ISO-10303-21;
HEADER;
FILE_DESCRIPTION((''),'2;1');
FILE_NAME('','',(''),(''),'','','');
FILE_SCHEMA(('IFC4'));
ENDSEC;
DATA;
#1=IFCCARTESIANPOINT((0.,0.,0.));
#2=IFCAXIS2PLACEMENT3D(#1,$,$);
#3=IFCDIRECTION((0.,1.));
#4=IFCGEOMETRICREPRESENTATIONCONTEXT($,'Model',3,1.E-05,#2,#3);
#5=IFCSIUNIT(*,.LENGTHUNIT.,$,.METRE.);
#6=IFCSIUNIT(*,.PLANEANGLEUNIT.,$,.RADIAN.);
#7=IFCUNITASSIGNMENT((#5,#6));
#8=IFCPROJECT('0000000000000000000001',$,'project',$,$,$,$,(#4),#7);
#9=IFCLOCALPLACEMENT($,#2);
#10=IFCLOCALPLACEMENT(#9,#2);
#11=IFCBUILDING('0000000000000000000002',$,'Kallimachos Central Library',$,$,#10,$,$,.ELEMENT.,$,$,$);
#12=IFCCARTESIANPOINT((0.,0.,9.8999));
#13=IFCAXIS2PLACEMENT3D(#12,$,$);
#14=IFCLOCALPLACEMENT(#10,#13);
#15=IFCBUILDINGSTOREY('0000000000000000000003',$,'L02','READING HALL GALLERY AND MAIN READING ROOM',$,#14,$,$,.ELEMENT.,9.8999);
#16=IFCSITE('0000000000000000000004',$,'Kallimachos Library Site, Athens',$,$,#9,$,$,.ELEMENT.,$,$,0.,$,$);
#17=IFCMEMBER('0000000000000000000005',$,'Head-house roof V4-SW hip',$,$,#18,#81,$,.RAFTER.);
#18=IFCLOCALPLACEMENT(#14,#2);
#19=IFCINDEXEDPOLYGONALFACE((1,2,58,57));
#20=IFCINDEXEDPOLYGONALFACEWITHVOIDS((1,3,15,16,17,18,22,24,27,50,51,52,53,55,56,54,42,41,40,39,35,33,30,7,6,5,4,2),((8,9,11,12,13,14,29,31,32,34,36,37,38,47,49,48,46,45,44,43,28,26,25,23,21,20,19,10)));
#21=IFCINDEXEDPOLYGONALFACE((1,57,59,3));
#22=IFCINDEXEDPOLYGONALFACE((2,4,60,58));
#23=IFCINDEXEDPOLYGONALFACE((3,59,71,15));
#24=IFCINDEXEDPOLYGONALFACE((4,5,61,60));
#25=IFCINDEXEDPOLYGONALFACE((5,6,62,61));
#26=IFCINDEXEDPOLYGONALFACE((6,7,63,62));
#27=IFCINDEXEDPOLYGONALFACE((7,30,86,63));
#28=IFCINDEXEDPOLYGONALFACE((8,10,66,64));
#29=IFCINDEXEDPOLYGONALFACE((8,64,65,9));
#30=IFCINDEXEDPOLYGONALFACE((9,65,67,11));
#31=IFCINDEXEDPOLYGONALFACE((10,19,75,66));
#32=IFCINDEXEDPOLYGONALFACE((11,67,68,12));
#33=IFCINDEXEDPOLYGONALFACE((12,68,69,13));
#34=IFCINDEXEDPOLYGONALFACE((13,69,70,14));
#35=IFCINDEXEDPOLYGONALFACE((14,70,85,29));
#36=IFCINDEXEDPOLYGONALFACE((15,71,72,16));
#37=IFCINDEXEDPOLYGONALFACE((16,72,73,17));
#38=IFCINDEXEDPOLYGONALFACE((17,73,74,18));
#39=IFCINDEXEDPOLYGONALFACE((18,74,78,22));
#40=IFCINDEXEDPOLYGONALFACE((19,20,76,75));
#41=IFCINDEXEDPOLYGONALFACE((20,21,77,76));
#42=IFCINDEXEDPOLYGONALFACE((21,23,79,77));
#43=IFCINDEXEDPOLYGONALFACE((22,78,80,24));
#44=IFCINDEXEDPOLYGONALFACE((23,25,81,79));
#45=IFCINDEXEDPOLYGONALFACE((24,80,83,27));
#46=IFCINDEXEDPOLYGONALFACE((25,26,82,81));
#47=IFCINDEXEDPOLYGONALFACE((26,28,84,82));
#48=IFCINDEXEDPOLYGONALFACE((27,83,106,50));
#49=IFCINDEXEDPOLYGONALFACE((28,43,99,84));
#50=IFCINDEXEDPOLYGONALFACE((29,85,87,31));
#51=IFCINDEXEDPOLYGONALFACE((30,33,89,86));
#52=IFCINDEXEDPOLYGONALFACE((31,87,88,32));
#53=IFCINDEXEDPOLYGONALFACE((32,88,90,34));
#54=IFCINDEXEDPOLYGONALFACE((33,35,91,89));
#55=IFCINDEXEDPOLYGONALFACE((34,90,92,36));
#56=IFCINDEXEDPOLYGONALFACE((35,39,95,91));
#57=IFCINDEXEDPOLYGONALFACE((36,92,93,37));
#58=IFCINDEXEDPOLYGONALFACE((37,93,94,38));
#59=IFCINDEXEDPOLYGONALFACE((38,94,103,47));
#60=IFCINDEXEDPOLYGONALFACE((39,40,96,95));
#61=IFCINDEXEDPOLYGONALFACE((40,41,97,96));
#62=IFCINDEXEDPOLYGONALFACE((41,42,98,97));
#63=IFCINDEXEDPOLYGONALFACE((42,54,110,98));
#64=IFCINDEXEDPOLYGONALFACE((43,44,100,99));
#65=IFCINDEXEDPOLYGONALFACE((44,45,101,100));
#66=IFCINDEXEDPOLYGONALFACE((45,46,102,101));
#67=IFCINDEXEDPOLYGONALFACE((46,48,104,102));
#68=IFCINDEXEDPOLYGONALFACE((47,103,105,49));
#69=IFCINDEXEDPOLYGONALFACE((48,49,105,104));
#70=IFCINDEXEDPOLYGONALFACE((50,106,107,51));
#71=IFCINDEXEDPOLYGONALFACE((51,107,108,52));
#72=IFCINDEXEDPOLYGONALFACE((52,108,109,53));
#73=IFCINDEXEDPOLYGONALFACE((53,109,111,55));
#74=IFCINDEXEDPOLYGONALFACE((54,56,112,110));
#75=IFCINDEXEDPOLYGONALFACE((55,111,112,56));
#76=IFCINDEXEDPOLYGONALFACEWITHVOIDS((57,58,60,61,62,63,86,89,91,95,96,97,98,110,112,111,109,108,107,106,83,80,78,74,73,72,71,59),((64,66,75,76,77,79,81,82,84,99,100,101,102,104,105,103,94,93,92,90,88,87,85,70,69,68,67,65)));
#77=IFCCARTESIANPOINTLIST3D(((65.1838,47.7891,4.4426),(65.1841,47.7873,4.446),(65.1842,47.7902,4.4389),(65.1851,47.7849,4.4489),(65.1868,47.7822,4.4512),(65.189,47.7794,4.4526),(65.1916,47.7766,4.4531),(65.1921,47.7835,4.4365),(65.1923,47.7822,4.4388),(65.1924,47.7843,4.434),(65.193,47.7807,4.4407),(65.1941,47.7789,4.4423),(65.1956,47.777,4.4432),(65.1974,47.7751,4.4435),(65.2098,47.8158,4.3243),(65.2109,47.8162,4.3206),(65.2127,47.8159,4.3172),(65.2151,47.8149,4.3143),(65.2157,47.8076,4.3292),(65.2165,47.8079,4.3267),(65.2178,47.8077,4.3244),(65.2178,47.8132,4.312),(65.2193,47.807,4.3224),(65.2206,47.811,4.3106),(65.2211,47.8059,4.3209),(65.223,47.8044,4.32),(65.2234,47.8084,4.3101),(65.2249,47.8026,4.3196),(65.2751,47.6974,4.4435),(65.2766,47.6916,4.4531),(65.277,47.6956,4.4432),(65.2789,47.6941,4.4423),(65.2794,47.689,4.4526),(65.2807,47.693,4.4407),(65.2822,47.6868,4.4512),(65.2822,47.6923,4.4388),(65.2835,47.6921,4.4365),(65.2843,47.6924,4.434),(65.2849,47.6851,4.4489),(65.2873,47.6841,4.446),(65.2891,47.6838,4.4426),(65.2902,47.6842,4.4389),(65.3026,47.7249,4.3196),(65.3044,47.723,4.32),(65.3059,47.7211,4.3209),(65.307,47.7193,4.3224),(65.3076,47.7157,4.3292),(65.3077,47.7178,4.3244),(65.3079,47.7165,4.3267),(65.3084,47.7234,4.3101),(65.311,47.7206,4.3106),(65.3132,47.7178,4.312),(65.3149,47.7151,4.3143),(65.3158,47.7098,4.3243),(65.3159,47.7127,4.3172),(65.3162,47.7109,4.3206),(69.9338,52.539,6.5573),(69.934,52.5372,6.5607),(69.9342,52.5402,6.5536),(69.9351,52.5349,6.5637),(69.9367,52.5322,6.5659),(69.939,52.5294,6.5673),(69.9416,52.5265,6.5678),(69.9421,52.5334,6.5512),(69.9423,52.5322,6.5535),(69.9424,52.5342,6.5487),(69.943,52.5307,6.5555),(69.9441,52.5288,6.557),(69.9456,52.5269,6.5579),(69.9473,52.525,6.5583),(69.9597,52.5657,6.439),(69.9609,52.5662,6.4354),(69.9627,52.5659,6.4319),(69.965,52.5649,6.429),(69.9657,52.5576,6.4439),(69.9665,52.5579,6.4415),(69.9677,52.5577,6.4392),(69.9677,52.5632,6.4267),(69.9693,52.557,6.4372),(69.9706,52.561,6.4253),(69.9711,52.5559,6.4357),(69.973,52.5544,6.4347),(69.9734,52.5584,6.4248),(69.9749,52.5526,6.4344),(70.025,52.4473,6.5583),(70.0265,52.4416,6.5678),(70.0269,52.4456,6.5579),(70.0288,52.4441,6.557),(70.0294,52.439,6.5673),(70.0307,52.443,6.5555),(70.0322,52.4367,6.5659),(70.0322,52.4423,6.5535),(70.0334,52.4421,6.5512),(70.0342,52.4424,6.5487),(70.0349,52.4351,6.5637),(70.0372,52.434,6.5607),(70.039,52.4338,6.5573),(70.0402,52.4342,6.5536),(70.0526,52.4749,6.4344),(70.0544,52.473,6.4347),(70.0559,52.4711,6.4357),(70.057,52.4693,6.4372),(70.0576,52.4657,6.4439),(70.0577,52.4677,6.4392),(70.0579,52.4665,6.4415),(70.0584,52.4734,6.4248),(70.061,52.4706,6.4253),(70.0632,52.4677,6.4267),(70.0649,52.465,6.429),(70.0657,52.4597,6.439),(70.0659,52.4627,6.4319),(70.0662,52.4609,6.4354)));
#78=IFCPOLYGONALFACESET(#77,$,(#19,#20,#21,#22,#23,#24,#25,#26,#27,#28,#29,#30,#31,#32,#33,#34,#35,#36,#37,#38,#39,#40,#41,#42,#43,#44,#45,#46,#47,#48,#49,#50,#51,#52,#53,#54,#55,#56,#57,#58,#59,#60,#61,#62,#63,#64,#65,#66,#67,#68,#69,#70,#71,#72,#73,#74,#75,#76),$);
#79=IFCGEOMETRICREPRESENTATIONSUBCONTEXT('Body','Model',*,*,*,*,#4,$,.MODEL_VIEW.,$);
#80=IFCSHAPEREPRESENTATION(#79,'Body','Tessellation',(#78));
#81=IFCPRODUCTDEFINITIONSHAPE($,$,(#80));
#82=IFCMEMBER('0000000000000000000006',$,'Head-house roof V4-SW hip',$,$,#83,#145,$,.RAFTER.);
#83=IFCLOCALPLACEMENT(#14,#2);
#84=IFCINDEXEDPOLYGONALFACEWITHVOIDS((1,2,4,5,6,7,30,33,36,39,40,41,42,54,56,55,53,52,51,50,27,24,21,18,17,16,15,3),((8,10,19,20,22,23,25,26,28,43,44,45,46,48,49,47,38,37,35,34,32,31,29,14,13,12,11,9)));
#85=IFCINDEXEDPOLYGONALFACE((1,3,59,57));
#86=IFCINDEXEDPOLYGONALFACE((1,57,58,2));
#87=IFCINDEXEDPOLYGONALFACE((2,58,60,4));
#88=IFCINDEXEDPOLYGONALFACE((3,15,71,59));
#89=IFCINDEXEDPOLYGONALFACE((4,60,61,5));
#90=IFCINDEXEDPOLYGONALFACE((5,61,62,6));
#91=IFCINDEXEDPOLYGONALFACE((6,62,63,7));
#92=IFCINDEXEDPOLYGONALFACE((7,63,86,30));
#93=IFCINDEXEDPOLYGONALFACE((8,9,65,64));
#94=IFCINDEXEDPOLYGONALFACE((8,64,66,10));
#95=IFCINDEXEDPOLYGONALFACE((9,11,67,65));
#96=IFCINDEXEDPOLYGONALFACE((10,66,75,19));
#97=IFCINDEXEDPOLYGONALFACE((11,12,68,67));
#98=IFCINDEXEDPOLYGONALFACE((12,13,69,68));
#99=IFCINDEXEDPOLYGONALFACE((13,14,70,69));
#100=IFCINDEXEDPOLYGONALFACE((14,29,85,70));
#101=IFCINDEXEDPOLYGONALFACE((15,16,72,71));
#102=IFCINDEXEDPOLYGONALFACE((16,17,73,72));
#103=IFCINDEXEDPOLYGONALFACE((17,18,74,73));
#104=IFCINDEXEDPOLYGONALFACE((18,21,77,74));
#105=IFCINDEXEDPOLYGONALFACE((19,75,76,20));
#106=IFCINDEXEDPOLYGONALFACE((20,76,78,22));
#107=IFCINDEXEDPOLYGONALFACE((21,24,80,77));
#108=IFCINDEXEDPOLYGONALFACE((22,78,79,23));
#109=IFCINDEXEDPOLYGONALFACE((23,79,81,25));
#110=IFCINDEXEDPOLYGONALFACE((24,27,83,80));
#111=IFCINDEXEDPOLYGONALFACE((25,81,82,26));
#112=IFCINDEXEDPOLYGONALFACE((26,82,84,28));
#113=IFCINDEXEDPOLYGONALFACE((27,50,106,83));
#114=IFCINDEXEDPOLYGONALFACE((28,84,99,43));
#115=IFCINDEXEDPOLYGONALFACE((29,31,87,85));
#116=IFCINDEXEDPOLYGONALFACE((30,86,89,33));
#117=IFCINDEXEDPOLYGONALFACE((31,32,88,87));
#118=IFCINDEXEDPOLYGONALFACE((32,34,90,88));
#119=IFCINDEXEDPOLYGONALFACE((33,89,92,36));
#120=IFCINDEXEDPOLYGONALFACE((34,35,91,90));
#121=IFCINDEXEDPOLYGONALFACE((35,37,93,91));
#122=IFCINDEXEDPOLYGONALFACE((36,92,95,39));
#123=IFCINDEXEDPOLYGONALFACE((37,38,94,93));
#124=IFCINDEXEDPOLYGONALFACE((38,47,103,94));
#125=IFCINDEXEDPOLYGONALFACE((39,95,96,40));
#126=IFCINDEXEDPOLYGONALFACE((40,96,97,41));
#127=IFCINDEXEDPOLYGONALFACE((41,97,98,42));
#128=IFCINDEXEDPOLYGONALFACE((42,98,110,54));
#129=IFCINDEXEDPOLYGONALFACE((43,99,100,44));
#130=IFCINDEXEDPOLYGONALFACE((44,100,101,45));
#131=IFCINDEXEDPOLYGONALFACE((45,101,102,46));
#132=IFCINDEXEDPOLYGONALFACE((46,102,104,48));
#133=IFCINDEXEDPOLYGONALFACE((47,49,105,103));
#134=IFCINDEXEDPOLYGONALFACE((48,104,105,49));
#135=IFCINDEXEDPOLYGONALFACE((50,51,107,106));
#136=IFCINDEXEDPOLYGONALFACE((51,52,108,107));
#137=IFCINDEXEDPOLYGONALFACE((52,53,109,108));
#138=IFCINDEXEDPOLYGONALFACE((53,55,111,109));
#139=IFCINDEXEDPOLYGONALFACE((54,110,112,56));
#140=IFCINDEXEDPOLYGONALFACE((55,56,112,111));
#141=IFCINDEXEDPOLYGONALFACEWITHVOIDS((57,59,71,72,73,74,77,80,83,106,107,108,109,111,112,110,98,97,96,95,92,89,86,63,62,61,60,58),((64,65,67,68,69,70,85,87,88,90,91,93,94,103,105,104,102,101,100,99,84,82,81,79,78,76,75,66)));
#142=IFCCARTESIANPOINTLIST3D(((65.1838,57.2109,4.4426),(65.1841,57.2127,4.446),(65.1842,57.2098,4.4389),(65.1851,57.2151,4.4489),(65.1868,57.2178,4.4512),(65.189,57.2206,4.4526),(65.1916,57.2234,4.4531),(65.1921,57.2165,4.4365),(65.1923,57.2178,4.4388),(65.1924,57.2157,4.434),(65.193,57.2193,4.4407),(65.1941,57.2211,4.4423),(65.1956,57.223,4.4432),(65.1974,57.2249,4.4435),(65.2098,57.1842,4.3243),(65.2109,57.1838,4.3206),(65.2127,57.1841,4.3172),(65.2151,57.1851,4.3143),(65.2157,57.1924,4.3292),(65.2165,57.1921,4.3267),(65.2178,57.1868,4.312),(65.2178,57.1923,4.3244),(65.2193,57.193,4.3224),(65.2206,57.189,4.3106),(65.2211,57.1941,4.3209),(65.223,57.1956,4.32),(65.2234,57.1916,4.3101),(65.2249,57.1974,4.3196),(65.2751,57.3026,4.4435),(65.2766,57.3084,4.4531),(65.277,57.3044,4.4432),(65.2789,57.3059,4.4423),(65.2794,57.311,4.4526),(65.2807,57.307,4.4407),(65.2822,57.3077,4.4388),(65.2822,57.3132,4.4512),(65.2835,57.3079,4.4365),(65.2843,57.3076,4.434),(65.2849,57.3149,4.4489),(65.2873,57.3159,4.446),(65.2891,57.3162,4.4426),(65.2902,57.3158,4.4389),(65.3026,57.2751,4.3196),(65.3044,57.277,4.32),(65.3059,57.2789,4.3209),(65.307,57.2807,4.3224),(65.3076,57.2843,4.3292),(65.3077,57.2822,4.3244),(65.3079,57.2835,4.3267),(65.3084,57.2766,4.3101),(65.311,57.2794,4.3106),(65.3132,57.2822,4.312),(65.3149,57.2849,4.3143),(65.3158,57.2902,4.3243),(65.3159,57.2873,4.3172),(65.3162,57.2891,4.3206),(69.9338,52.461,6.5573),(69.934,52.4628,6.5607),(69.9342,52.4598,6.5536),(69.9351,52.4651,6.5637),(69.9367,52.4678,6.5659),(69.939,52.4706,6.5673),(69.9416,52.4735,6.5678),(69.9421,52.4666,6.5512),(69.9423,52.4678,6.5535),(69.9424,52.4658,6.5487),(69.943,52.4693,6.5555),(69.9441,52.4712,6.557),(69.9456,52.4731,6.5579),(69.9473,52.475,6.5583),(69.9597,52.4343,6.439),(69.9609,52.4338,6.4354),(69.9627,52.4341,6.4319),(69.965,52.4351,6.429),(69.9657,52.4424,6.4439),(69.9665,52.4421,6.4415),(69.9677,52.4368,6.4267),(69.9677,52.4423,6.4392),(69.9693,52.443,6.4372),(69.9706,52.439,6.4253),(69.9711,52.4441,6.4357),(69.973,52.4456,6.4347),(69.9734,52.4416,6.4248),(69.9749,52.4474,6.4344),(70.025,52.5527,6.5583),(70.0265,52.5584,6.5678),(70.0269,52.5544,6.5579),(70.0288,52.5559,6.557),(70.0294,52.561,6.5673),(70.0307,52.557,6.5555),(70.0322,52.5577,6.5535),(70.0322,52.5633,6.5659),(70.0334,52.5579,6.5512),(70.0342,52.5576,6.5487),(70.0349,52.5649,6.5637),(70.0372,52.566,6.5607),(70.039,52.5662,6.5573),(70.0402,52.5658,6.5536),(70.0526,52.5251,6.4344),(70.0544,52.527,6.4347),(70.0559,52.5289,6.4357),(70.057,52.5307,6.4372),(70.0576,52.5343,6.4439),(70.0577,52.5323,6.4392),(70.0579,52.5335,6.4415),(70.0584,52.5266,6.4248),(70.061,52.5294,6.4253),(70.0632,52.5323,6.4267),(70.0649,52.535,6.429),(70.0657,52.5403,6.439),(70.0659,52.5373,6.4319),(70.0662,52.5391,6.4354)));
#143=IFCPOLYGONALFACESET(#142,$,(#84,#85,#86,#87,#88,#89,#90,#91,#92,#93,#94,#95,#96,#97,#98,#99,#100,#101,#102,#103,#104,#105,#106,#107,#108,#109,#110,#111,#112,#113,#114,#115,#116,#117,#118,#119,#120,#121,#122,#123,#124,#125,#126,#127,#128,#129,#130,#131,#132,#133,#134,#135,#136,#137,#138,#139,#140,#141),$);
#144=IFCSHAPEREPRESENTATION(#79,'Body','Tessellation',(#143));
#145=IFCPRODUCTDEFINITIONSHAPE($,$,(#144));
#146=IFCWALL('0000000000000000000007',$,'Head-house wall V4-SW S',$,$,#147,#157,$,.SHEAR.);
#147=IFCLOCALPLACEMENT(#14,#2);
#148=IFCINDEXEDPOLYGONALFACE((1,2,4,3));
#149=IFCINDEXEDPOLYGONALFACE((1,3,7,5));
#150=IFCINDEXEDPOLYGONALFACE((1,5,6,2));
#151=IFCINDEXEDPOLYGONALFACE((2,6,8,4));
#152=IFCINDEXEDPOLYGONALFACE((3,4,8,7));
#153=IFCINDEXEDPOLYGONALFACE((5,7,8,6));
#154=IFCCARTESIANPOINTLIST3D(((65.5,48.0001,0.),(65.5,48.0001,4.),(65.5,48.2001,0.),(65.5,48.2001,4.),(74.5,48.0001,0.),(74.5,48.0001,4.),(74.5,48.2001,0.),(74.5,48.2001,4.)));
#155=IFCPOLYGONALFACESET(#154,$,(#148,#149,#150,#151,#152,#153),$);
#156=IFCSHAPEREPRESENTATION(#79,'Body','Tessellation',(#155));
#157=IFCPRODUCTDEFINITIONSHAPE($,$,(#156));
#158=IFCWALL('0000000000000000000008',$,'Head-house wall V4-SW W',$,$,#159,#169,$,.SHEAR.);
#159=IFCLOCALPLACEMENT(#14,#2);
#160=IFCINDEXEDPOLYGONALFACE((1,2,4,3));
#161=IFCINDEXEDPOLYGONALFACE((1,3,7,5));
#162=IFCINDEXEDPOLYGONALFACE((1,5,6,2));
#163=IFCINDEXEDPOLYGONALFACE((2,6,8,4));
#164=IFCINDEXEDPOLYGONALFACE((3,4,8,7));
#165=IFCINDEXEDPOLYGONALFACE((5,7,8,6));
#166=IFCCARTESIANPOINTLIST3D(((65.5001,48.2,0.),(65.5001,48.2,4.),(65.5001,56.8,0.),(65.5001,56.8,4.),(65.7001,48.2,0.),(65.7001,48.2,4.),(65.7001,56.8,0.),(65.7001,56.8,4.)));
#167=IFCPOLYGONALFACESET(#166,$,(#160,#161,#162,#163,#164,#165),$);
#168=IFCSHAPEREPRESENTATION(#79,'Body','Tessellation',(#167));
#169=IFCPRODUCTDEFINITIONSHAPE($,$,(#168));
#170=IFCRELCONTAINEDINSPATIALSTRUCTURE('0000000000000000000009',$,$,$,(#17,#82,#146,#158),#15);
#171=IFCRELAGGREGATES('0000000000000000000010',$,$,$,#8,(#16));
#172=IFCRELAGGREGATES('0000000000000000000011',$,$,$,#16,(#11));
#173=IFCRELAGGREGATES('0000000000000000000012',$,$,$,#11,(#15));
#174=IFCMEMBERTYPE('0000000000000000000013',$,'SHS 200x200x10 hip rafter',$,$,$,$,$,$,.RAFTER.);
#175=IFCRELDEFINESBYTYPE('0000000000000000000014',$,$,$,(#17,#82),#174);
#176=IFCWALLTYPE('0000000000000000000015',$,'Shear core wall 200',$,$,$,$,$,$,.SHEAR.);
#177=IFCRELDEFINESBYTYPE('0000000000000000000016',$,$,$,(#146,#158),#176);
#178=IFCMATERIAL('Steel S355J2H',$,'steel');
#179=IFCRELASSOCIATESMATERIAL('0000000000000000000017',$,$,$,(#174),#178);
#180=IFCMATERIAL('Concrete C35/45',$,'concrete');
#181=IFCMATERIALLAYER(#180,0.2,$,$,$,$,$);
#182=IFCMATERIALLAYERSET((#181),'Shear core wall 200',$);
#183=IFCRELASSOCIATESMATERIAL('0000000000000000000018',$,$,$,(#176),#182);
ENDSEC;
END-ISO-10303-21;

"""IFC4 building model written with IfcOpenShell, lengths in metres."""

from ifc_helpers import new_model, si_unit, direction, frame, frame_2d, origin, origin_2d, place, context, subcontext, project, spatial, rectangle, hollow_rectangle, extrude, material, layer, layer_set, material_profile, profile_set, type_object, element, save


model = new_model("IFC4")

# Units and contexts
model_context = context("Model", 3, precision=1e-05, world=origin(), true_north=direction((0.0, 1.0)))
body_context = subcontext(model_context, "Body", "Model", "MODEL_VIEW")
ifc_project = project(units=[si_unit("LENGTHUNIT", "METRE"), si_unit("PLANEANGLEUNIT", "RADIAN")], contexts=[model_context])

# Site, building, storey
site_placement = place(None, origin())
site = spatial("IfcSite", under=ifc_project, at=site_placement, Name="Kallimachos Library Site, Athens", CompositionType="ELEMENT", RefElevation=0.0)
building_placement = place(site_placement, origin())
building = spatial("IfcBuilding", under=site, at=building_placement, Name="Kallimachos Central Library", CompositionType="ELEMENT")
storey_placement = place(building_placement, frame((0.0, 0.0, 9.8999)))
storey = spatial("IfcBuildingStorey", under=building, at=storey_placement, Name="L02", Description="READING HALL GALLERY AND MAIN READING ROOM", CompositionType="ELEMENT", Elevation=9.8999)

# Members
ifc_material_1 = material(Name="Steel S355J2H", Category="steel")
ifc_material_profile_1 = material_profile(ifc_material_1, hollow_rectangle(XDim=0.1499, YDim=0.1499, WallThickness=0.01, InnerFilletRadius=0.01, OuterFilletRadius=0.0149, at=origin_2d()), Name="SHS 150x150x10")
ifc_profile_set_1 = profile_set([ifc_material_profile_1], Name="Steel S355J2H")
member_type_1 = type_object("IfcMemberType", Name="SHS 200x200x10 hip rafter", PredefinedType="RAFTER", material=ifc_profile_set_1)
for number, where, z_axis, x_axis, name in (
    (1, (65.25, 47.75, 4.3816), (0.674474, 0.674474, 0.300282), (-0.707107, 0.707107, 0.0), "Head-house roof V4-SW hip"),
    (2, (65.25, 57.25, 4.3816), (0.674474, -0.674474, 0.300282), (0.707107, 0.707107, 0.0), "Head-house roof V4-SW hip"),
):
    element("IfcMember", number, at=place(storey_placement, frame(where, z_axis=z_axis, x_axis=x_axis)), inside=storey, type_object=member_type_1, Name=name, PredefinedType="RAFTER", context=body_context, shape_type="SweptSolid", body=[
        extrude(hollow_rectangle(XDim=0.1499, YDim=0.1499, WallThickness=0.01, InnerFilletRadius=0.01, OuterFilletRadius=0.0149, at=origin_2d()), origin(), (0.0, 0.0, 1.0), 7.0425),
    ])

# Walls
ifc_material_2 = material(Name="Concrete C35/45", Category="concrete")
ifc_layer_1 = layer(ifc_material_2, 0.2)
ifc_layer_set_1 = layer_set([ifc_layer_1], Name="Shear core wall 200")
wall_type_1 = type_object("IfcWallType", Name="Shear core wall 200", PredefinedType="SHEAR", material=ifc_layer_set_1)
wall_1_placement = place(storey_placement, frame((65.5, 48.1001, 0.0), z_axis=(0.0, 0.0, 1.0), x_axis=(1.0, 0.0, 0.0)))
element("IfcWall", 3, at=wall_1_placement, inside=storey, type_object=wall_type_1, Name="Head-house wall V4-SW S", PredefinedType="SHEAR", context=body_context, shape_type="SweptSolid", body=[
    extrude(rectangle(XDim=9.0, YDim=0.2, at=frame_2d((4.5, 0.0))), origin(), (0.0, 0.0, 1.0), 4.0),
])
wall_2_placement = place(storey_placement, frame((65.6001, 48.2, 0.0), z_axis=(0.0, 0.0, 1.0), x_axis=(0.0, 1.0, 0.0)))
element("IfcWall", 4, at=wall_2_placement, inside=storey, type_object=wall_type_1, Name="Head-house wall V4-SW W", PredefinedType="SHEAR", context=body_context, shape_type="SweptSolid", body=[
    extrude(rectangle(XDim=8.6001, YDim=0.2, at=frame_2d((4.3, 0.0))), origin(), (0.0, 0.0, 1.0), 4.0),
])

save(model, "model.ifc")
